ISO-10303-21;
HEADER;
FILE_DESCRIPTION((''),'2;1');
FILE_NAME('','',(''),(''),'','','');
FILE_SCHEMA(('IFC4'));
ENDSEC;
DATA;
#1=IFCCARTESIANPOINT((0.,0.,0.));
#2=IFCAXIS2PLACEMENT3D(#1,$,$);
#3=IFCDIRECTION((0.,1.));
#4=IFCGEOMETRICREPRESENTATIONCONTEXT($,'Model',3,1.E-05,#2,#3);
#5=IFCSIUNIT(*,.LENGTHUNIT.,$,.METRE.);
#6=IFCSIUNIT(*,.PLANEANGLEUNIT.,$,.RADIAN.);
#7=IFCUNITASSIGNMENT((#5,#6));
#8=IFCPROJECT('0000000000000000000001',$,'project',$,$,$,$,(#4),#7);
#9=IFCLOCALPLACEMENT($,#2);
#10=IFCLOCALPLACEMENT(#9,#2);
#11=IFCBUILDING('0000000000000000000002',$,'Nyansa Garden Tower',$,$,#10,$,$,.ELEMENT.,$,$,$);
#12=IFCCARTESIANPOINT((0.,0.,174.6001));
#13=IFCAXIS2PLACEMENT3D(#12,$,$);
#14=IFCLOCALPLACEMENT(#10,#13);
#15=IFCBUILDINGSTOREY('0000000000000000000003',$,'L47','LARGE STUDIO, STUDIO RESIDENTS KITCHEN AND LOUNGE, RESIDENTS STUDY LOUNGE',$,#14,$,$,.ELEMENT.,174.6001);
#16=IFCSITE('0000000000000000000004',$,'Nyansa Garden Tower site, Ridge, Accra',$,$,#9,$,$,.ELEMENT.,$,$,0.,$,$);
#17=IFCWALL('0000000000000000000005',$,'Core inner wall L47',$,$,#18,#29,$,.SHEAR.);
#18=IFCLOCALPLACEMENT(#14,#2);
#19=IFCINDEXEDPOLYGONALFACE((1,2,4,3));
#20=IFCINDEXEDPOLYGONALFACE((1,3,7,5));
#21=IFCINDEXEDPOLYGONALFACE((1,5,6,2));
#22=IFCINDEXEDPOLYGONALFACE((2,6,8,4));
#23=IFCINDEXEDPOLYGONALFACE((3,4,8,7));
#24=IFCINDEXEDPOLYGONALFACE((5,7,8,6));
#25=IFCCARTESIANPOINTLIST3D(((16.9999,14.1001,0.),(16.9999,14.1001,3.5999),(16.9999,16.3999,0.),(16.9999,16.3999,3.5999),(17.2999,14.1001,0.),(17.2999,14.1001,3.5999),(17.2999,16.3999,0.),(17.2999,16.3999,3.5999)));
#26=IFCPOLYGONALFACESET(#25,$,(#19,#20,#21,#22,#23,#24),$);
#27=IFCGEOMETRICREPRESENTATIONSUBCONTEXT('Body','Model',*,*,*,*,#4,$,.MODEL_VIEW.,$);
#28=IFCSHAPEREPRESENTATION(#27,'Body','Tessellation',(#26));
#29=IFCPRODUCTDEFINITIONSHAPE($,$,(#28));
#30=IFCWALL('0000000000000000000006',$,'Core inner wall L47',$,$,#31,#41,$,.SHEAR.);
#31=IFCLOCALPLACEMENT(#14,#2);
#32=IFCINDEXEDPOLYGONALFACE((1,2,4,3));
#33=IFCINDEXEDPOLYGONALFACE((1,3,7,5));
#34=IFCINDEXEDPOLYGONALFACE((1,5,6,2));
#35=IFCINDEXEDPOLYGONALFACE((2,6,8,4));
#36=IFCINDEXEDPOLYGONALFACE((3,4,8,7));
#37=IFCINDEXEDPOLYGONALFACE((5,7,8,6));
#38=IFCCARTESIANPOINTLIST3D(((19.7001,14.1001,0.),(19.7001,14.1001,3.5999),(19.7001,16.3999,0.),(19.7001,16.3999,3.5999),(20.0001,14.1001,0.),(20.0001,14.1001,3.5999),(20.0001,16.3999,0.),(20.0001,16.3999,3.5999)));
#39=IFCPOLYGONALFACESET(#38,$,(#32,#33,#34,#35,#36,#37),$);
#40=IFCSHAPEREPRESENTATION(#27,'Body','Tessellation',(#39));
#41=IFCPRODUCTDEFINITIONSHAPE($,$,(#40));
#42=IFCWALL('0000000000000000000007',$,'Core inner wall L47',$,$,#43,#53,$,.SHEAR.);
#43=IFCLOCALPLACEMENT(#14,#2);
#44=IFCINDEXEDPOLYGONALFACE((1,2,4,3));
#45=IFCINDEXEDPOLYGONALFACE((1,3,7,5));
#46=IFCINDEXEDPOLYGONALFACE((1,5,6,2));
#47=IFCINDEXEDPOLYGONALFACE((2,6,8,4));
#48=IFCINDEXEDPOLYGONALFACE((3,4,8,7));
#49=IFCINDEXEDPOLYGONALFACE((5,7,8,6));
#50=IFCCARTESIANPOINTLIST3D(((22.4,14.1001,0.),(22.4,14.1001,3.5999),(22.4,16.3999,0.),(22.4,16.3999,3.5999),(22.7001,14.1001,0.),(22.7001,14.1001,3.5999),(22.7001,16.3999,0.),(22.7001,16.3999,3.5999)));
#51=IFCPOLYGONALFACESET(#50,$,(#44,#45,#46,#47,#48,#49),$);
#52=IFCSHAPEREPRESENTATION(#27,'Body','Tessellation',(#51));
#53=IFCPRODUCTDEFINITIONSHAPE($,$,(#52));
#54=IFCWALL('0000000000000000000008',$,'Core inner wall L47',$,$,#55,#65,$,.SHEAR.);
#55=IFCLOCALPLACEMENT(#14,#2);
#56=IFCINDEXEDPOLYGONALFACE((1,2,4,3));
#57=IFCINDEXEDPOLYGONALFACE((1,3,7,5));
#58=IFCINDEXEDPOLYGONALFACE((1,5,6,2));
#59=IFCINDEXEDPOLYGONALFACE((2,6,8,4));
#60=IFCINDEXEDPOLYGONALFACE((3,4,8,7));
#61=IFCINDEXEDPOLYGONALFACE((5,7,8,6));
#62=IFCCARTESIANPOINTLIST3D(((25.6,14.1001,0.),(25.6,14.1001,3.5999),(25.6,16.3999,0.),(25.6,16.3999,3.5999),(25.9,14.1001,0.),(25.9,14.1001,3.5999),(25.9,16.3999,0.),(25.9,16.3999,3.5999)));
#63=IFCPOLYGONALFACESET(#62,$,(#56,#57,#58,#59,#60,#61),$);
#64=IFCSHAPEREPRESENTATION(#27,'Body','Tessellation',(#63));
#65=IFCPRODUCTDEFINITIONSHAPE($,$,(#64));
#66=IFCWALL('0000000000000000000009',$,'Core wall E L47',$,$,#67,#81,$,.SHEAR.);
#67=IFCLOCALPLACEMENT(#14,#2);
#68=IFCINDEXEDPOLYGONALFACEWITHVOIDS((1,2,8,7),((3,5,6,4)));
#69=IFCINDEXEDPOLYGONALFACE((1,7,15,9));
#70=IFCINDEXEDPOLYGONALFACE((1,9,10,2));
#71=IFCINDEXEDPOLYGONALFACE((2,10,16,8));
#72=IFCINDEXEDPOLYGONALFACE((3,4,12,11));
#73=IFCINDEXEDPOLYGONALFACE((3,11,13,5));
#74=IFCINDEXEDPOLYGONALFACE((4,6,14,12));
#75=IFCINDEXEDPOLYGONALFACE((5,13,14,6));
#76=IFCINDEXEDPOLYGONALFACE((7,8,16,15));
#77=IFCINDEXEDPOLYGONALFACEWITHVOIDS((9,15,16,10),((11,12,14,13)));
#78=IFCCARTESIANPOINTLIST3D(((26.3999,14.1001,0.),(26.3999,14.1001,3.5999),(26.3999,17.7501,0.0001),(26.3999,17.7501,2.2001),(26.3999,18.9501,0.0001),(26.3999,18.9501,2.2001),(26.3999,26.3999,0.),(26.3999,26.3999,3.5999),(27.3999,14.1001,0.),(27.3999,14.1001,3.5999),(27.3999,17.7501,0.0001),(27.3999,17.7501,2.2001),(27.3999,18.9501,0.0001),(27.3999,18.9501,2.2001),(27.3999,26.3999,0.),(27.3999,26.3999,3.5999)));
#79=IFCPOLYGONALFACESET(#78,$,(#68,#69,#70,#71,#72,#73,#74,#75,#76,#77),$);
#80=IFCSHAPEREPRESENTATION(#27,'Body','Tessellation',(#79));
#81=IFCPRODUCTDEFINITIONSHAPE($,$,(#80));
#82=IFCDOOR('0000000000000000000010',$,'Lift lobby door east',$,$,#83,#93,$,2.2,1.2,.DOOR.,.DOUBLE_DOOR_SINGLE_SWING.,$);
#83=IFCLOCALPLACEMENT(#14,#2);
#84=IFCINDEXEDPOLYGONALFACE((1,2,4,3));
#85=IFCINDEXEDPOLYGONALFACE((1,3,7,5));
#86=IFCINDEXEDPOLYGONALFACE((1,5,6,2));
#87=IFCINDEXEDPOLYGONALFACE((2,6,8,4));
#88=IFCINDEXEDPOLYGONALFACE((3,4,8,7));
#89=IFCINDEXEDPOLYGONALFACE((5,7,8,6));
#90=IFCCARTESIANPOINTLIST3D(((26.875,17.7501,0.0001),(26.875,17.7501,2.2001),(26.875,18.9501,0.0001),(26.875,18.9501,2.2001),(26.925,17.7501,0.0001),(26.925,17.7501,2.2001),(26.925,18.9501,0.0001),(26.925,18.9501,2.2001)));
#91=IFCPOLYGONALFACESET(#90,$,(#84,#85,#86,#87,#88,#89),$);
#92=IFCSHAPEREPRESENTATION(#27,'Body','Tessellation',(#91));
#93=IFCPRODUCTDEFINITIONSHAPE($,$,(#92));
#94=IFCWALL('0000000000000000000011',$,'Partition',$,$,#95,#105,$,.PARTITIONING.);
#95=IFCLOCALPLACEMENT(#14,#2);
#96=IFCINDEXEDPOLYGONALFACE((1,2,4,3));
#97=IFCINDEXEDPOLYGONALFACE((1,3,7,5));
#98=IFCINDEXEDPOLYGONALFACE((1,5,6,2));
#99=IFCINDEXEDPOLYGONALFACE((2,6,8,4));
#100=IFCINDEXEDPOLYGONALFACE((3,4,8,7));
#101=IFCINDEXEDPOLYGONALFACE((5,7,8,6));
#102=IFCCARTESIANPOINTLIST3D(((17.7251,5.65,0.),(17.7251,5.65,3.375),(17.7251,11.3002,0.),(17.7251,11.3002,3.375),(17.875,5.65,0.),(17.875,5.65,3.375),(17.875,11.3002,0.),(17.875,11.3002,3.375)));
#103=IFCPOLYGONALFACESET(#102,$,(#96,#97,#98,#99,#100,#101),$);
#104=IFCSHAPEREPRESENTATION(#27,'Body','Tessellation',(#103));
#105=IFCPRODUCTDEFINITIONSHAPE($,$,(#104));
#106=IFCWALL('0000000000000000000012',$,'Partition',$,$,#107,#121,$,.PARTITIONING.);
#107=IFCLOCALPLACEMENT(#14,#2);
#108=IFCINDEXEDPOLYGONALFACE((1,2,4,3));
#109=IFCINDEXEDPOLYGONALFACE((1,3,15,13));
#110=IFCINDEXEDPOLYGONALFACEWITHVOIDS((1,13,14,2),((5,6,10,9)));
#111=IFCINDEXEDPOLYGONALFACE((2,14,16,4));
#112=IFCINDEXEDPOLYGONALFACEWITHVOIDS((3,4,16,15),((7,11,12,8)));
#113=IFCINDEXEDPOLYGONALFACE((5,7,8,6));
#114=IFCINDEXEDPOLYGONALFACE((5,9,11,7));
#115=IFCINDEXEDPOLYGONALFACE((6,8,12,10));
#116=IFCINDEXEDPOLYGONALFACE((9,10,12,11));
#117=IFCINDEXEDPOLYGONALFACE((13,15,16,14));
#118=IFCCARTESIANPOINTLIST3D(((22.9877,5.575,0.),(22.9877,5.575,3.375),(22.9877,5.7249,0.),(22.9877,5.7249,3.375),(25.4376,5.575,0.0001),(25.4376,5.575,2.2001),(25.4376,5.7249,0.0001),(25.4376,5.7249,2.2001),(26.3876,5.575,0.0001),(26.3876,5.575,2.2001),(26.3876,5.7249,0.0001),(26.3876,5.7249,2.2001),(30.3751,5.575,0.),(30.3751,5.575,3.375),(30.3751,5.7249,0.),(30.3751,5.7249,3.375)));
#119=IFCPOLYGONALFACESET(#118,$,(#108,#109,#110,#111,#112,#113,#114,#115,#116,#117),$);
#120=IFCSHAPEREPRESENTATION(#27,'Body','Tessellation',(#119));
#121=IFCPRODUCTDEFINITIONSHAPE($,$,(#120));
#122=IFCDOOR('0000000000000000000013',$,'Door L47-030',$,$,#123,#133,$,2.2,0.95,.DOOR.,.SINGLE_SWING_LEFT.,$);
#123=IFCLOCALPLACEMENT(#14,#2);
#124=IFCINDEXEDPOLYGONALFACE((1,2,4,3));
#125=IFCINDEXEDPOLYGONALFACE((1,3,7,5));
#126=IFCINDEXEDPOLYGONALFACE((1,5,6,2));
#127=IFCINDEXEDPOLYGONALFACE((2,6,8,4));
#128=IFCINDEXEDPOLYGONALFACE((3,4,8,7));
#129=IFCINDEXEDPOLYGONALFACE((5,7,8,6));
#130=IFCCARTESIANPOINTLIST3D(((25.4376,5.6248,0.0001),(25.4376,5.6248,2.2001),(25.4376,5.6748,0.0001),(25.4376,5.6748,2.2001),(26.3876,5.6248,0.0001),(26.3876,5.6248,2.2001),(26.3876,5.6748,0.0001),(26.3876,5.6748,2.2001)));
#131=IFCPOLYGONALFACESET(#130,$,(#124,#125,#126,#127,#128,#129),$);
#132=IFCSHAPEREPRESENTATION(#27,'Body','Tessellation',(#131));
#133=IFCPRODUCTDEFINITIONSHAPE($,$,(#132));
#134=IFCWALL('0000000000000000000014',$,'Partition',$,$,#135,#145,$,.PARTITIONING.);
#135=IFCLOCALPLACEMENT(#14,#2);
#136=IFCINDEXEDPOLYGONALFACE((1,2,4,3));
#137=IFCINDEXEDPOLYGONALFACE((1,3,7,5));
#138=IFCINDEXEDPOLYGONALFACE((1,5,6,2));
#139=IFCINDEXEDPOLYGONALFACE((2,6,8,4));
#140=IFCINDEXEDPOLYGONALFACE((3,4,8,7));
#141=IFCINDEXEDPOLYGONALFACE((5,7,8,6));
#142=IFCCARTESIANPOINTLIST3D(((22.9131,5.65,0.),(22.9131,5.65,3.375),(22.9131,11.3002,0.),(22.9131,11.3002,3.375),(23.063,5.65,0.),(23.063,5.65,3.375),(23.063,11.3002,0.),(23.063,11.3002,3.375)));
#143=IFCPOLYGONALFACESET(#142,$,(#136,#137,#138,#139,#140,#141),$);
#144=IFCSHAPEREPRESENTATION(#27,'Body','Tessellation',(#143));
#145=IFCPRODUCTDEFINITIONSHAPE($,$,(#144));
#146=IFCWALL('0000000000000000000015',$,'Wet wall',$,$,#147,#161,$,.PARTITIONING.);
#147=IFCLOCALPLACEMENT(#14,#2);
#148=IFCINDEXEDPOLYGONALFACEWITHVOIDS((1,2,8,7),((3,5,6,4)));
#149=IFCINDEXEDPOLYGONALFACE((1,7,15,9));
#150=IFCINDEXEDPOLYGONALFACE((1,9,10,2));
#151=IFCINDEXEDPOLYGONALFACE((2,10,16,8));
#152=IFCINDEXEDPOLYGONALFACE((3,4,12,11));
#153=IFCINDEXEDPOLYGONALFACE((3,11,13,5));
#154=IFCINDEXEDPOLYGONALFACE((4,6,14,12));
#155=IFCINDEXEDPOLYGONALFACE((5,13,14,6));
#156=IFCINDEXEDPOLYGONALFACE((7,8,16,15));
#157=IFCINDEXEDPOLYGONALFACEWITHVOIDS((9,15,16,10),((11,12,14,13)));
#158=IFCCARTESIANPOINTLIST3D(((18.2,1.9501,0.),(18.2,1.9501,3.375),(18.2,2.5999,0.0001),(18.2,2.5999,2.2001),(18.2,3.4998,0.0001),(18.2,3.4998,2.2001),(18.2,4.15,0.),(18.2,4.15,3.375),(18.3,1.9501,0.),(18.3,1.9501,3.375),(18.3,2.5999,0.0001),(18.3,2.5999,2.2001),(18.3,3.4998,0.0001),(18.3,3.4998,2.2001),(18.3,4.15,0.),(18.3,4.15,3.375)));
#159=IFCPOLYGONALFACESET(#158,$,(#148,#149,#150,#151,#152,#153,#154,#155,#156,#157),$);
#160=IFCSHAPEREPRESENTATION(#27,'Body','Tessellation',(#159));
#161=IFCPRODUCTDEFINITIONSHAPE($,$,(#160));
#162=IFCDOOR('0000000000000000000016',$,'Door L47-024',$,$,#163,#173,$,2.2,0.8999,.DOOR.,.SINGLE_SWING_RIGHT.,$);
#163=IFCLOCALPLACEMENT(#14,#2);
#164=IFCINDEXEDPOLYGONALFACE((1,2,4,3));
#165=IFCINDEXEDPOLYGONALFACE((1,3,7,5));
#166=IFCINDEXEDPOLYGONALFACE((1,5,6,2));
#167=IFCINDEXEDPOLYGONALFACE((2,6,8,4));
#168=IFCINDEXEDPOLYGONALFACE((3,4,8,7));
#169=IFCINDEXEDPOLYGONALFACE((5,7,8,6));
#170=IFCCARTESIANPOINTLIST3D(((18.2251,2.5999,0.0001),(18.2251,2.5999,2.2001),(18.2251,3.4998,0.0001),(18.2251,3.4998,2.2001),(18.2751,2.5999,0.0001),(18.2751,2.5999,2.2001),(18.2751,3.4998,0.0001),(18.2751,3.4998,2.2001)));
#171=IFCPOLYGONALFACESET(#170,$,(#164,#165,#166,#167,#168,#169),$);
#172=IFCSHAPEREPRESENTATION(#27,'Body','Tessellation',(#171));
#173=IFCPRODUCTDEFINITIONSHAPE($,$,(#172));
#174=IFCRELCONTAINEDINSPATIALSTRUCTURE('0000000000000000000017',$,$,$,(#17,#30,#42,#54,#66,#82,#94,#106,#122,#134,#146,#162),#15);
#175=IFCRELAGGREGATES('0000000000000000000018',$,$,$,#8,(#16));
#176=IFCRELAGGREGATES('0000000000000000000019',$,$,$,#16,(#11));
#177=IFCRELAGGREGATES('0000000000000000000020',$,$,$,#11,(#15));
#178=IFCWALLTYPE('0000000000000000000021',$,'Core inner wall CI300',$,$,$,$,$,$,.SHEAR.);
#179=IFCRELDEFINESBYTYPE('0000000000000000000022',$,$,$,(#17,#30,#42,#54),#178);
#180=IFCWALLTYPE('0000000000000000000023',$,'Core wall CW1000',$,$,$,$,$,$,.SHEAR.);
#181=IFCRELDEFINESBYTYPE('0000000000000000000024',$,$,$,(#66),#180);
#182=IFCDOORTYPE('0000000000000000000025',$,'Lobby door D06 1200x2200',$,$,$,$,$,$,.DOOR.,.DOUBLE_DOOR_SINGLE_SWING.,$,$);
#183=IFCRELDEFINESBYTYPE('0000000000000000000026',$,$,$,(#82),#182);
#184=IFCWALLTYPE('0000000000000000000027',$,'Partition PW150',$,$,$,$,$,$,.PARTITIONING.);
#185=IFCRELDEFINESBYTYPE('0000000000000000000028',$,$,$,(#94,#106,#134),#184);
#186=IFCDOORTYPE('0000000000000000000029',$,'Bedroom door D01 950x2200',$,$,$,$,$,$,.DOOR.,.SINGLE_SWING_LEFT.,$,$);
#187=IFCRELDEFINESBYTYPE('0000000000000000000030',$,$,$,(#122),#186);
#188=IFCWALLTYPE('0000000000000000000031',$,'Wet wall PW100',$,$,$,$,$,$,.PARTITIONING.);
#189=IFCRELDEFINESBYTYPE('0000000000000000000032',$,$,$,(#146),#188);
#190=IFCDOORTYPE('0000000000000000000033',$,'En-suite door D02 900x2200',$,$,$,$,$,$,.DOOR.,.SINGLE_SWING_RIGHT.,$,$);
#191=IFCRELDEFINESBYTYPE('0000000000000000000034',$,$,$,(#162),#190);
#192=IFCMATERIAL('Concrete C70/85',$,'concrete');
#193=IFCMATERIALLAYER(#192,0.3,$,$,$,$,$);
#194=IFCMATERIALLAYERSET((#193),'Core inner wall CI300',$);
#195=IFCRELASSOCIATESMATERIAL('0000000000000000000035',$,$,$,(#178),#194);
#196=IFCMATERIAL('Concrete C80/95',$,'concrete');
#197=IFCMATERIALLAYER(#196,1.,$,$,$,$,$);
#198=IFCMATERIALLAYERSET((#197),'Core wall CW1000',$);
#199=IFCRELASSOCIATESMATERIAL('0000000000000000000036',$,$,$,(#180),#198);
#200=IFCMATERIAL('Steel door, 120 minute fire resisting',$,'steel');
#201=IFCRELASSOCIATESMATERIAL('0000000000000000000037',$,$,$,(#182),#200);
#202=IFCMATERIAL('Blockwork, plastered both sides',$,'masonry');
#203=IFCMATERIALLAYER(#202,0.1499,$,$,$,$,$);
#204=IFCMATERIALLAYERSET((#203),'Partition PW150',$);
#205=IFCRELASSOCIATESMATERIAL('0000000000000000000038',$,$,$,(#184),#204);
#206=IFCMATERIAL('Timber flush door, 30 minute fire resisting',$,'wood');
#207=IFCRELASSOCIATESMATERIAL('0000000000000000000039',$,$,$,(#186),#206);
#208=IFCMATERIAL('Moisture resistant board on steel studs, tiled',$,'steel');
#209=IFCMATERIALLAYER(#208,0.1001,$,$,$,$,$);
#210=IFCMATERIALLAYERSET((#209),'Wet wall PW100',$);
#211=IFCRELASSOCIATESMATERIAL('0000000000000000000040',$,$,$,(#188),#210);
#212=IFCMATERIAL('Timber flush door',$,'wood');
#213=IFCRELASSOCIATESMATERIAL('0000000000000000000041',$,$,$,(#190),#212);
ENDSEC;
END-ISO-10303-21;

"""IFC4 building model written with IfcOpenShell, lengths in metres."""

from ifc_helpers import new_model, si_unit, direction, frame, frame_2d, origin, place, context, subcontext, project, spatial, rectangle, extrude, material, layer, layer_set, type_object, element, fill, save


model = new_model("IFC4")

# Units and contexts
model_context = context("Model", 3, precision=1e-05, world=origin(), true_north=direction((0.0, 1.0)))
body_context = subcontext(model_context, "Body", "Model", "MODEL_VIEW")
ifc_project = project(units=[si_unit("LENGTHUNIT", "METRE"), si_unit("PLANEANGLEUNIT", "RADIAN")], contexts=[model_context])

# Site, building, storey
site_placement = place(None, origin())
site = spatial("IfcSite", under=ifc_project, at=site_placement, Name="Nyansa Garden Tower site, Ridge, Accra", CompositionType="ELEMENT", RefElevation=0.0)
building_placement = place(site_placement, origin())
building = spatial("IfcBuilding", under=site, at=building_placement, Name="Nyansa Garden Tower", CompositionType="ELEMENT")
storey_placement = place(building_placement, frame((0.0, 0.0, 174.6001)))
storey = spatial("IfcBuildingStorey", under=building, at=storey_placement, Name="L47", Description="LARGE STUDIO, STUDIO RESIDENTS KITCHEN AND LOUNGE, RESIDENTS STUDY LOUNGE", CompositionType="ELEMENT", Elevation=174.6001)

# Walls
ifc_material_1 = material(Name="Concrete C70/85", Category="concrete")
ifc_layer_1 = layer(ifc_material_1, 0.3)
ifc_layer_set_1 = layer_set([ifc_layer_1], Name="Core inner wall CI300")
wall_type_1 = type_object("IfcWallType", Name="Core inner wall CI300", PredefinedType="SHEAR", material=ifc_layer_set_1)
for number, where, z_axis, x_axis, name in (
    (1, (17.1499, 14.1001, 0.0), (0.0, 0.0, 1.0), (0.0, 1.0, 0.0), "Core inner wall L47"),
    (2, (19.8501, 14.1001, 0.0), (0.0, 0.0, 1.0), (0.0, 1.0, 0.0), "Core inner wall L47"),
    (3, (22.55, 14.1001, 0.0), (0.0, 0.0, 1.0), (0.0, 1.0, 0.0), "Core inner wall L47"),
    (4, (25.75, 14.1001, 0.0), (0.0, 0.0, 1.0), (0.0, 1.0, 0.0), "Core inner wall L47"),
):
    element("IfcWall", number, at=place(storey_placement, frame(where, z_axis=z_axis, x_axis=x_axis)), inside=storey, type_object=wall_type_1, Name=name, PredefinedType="SHEAR", context=body_context, shape_type="SweptSolid", body=[
        extrude(rectangle(XDim=2.2998, YDim=0.3, at=frame_2d((1.1499, 0.0))), origin(), (0.0, 0.0, 1.0), 3.5999),
    ])

# Wall, opening, door
ifc_material_2 = material(Name="Concrete C80/95", Category="concrete")
ifc_layer_2 = layer(ifc_material_2, 1.0)
ifc_layer_set_2 = layer_set([ifc_layer_2], Name="Core wall CW1000")
wall_type_2 = type_object("IfcWallType", Name="Core wall CW1000", PredefinedType="SHEAR", material=ifc_layer_set_2)
wall_1_placement = place(storey_placement, frame((26.8999, 14.1001, 0.0), z_axis=(0.0, 0.0, 1.0), x_axis=(0.0, 1.0, 0.0)))
wall_1 = element("IfcWall", 5, at=wall_1_placement, inside=storey, type_object=wall_type_2, Name="Core wall E L47", PredefinedType="SHEAR", context=body_context, shape_type="SweptSolid", body=[
    extrude(rectangle(XDim=12.2998, YDim=1.0, at=frame_2d((6.1499, 0.0))), origin(), (0.0, 0.0, 1.0), 3.5999),
])
opening_1_placement = place(wall_1_placement, frame((3.6499, 0.0, 0.0)))
opening_1 = element("IfcOpeningElement", 6, at=opening_1_placement, cuts=wall_1, PredefinedType="OPENING", context=body_context, shape_type="SweptSolid", body=[
    extrude(rectangle(XDim=1.2, YDim=2.2, at=frame_2d((0.6001, 1.1001))), frame((0.0, 0.51, 0.0), z_axis=(0.0, -1.0, 0.0), x_axis=(1.0, 0.0, 0.0)), (0.0, 0.0, 1.0), 1.02),
])
ifc_material_3 = material(Name="Steel door, 120 minute fire resisting", Category="steel")
door_type_1 = type_object("IfcDoorType", Name="Lobby door D06 1200x2200", OperationType="DOUBLE_DOOR_SINGLE_SWING", PredefinedType="DOOR", material=ifc_material_3)
door_1_placement = place(opening_1_placement, origin())
door_1 = element("IfcDoor", 7, at=door_1_placement, inside=storey, type_object=door_type_1, Name="Lift lobby door east", OperationType="DOUBLE_DOOR_SINGLE_SWING", OverallHeight=2.2, OverallWidth=1.2, PredefinedType="DOOR", context=body_context, shape_type="SweptSolid", body=[
    extrude(rectangle(XDim=1.2, YDim=2.2, at=frame_2d((0.6001, 1.1001))), frame((0.0, 0.0249, 0.0), z_axis=(0.0, -1.0, 0.0), x_axis=(1.0, 0.0, 0.0)), (0.0, 0.0, 1.0), 0.05),
])
fill(opening_1, door_1)

# Wall
ifc_material_4 = material(Name="Blockwork, plastered both sides", Category="masonry")
ifc_layer_3 = layer(ifc_material_4, 0.1499)
ifc_layer_set_3 = layer_set([ifc_layer_3], Name="Partition PW150")
wall_type_3 = type_object("IfcWallType", Name="Partition PW150", PredefinedType="PARTITIONING", material=ifc_layer_set_3)
wall_2_placement = place(storey_placement, frame((17.8, 5.6499, 0.0), z_axis=(0.0, 0.0, 1.0), x_axis=(0.0, 1.0, 0.0)))
element("IfcWall", 8, at=wall_2_placement, inside=storey, type_object=wall_type_3, Name="Partition", PredefinedType="PARTITIONING", context=body_context, shape_type="SweptSolid", body=[
    extrude(rectangle(XDim=5.6501, YDim=0.1499, at=frame_2d((2.8252, 0.0))), origin(), (0.0, 0.0, 1.0), 3.375),
])

# Wall, opening, door
wall_3_placement = place(storey_placement, frame((22.9875, 5.6499, 0.0), z_axis=(0.0, 0.0, 1.0), x_axis=(1.0, 0.0, 0.0)))
wall_3 = element("IfcWall", 9, at=wall_3_placement, inside=storey, type_object=wall_type_3, Name="Partition", PredefinedType="PARTITIONING", context=body_context, shape_type="SweptSolid", body=[
    extrude(rectangle(XDim=7.3875, YDim=0.1499, at=frame_2d((3.6938, 0.0))), origin(), (0.0, 0.0, 1.0), 3.375),
])
opening_2_placement = place(wall_3_placement, frame((2.45, 0.0, 0.0)))
opening_2 = element("IfcOpeningElement", 10, at=opening_2_placement, cuts=wall_3, PredefinedType="OPENING", context=body_context, shape_type="SweptSolid", body=[
    extrude(rectangle(XDim=0.95, YDim=2.2, at=frame_2d((0.4751, 1.1001))), frame((0.0, 0.085, 0.0), z_axis=(0.0, -1.0, 0.0), x_axis=(1.0, 0.0, 0.0)), (0.0, 0.0, 1.0), 0.1699),
])
ifc_material_5 = material(Name="Timber flush door, 30 minute fire resisting", Category="wood")
door_type_2 = type_object("IfcDoorType", Name="Bedroom door D01 950x2200", OperationType="SINGLE_SWING_LEFT", PredefinedType="DOOR", material=ifc_material_5)
door_2_placement = place(opening_2_placement, origin())
door_2 = element("IfcDoor", 11, at=door_2_placement, inside=storey, type_object=door_type_2, Name="Door L47-030", OperationType="SINGLE_SWING_LEFT", OverallHeight=2.2, OverallWidth=0.95, PredefinedType="DOOR", context=body_context, shape_type="SweptSolid", body=[
    extrude(rectangle(XDim=0.95, YDim=2.2, at=frame_2d((0.4751, 1.1001))), frame((0.0, 0.0249, 0.0), z_axis=(0.0, -1.0, 0.0), x_axis=(1.0, 0.0, 0.0)), (0.0, 0.0, 1.0), 0.05),
])
fill(opening_2, door_2)

# Wall
wall_4_placement = place(storey_placement, frame((22.988, 5.6499, 0.0), z_axis=(0.0, 0.0, 1.0), x_axis=(0.0, 1.0, 0.0)))
element("IfcWall", 12, at=wall_4_placement, inside=storey, type_object=wall_type_3, Name="Partition", PredefinedType="PARTITIONING", context=body_context, shape_type="SweptSolid", body=[
    extrude(rectangle(XDim=5.6501, YDim=0.1499, at=frame_2d((2.8252, 0.0))), origin(), (0.0, 0.0, 1.0), 3.375),
])

# Wall, opening, door
ifc_material_6 = material(Name="Moisture resistant board on steel studs, tiled", Category="steel")
ifc_layer_4 = layer(ifc_material_6, 0.1001)
ifc_layer_set_4 = layer_set([ifc_layer_4], Name="Wet wall PW100")
wall_type_4 = type_object("IfcWallType", Name="Wet wall PW100", PredefinedType="PARTITIONING", material=ifc_layer_set_4)
wall_5_placement = place(storey_placement, frame((18.25, 1.95, 0.0), z_axis=(0.0, 0.0, 1.0), x_axis=(0.0, 1.0, 0.0)))
wall_5 = element("IfcWall", 13, at=wall_5_placement, inside=storey, type_object=wall_type_4, Name="Wet wall", PredefinedType="PARTITIONING", context=body_context, shape_type="SweptSolid", body=[
    extrude(rectangle(XDim=2.2, YDim=0.1001, at=frame_2d((1.1001, 0.0))), origin(), (0.0, 0.0, 1.0), 3.375),
])
opening_3_placement = place(wall_5_placement, frame((0.6499, 0.0, 0.0)))
opening_3 = element("IfcOpeningElement", 14, at=opening_3_placement, cuts=wall_5, PredefinedType="OPENING", context=body_context, shape_type="SweptSolid", body=[
    extrude(rectangle(XDim=0.8999, YDim=2.2, at=frame_2d((0.45, 1.1001))), frame((0.0, 0.0601, 0.0), z_axis=(0.0, -1.0, 0.0), x_axis=(1.0, 0.0, 0.0)), (0.0, 0.0, 1.0), 0.1201),
])
ifc_material_7 = material(Name="Timber flush door", Category="wood")
door_type_3 = type_object("IfcDoorType", Name="En-suite door D02 900x2200", OperationType="SINGLE_SWING_RIGHT", PredefinedType="DOOR", material=ifc_material_7)
door_3_placement = place(opening_3_placement, origin())
door_3 = element("IfcDoor", 15, at=door_3_placement, inside=storey, type_object=door_type_3, Name="Door L47-024", OperationType="SINGLE_SWING_RIGHT", OverallHeight=2.2, OverallWidth=0.8999, PredefinedType="DOOR", context=body_context, shape_type="SweptSolid", body=[
    extrude(rectangle(XDim=0.8999, YDim=2.2, at=frame_2d((0.45, 1.1001))), frame((0.0, 0.0249, 0.0), z_axis=(0.0, -1.0, 0.0), x_axis=(1.0, 0.0, 0.0)), (0.0, 0.0, 1.0), 0.05),
])
fill(opening_3, door_3)

save(model, "model.ifc")
